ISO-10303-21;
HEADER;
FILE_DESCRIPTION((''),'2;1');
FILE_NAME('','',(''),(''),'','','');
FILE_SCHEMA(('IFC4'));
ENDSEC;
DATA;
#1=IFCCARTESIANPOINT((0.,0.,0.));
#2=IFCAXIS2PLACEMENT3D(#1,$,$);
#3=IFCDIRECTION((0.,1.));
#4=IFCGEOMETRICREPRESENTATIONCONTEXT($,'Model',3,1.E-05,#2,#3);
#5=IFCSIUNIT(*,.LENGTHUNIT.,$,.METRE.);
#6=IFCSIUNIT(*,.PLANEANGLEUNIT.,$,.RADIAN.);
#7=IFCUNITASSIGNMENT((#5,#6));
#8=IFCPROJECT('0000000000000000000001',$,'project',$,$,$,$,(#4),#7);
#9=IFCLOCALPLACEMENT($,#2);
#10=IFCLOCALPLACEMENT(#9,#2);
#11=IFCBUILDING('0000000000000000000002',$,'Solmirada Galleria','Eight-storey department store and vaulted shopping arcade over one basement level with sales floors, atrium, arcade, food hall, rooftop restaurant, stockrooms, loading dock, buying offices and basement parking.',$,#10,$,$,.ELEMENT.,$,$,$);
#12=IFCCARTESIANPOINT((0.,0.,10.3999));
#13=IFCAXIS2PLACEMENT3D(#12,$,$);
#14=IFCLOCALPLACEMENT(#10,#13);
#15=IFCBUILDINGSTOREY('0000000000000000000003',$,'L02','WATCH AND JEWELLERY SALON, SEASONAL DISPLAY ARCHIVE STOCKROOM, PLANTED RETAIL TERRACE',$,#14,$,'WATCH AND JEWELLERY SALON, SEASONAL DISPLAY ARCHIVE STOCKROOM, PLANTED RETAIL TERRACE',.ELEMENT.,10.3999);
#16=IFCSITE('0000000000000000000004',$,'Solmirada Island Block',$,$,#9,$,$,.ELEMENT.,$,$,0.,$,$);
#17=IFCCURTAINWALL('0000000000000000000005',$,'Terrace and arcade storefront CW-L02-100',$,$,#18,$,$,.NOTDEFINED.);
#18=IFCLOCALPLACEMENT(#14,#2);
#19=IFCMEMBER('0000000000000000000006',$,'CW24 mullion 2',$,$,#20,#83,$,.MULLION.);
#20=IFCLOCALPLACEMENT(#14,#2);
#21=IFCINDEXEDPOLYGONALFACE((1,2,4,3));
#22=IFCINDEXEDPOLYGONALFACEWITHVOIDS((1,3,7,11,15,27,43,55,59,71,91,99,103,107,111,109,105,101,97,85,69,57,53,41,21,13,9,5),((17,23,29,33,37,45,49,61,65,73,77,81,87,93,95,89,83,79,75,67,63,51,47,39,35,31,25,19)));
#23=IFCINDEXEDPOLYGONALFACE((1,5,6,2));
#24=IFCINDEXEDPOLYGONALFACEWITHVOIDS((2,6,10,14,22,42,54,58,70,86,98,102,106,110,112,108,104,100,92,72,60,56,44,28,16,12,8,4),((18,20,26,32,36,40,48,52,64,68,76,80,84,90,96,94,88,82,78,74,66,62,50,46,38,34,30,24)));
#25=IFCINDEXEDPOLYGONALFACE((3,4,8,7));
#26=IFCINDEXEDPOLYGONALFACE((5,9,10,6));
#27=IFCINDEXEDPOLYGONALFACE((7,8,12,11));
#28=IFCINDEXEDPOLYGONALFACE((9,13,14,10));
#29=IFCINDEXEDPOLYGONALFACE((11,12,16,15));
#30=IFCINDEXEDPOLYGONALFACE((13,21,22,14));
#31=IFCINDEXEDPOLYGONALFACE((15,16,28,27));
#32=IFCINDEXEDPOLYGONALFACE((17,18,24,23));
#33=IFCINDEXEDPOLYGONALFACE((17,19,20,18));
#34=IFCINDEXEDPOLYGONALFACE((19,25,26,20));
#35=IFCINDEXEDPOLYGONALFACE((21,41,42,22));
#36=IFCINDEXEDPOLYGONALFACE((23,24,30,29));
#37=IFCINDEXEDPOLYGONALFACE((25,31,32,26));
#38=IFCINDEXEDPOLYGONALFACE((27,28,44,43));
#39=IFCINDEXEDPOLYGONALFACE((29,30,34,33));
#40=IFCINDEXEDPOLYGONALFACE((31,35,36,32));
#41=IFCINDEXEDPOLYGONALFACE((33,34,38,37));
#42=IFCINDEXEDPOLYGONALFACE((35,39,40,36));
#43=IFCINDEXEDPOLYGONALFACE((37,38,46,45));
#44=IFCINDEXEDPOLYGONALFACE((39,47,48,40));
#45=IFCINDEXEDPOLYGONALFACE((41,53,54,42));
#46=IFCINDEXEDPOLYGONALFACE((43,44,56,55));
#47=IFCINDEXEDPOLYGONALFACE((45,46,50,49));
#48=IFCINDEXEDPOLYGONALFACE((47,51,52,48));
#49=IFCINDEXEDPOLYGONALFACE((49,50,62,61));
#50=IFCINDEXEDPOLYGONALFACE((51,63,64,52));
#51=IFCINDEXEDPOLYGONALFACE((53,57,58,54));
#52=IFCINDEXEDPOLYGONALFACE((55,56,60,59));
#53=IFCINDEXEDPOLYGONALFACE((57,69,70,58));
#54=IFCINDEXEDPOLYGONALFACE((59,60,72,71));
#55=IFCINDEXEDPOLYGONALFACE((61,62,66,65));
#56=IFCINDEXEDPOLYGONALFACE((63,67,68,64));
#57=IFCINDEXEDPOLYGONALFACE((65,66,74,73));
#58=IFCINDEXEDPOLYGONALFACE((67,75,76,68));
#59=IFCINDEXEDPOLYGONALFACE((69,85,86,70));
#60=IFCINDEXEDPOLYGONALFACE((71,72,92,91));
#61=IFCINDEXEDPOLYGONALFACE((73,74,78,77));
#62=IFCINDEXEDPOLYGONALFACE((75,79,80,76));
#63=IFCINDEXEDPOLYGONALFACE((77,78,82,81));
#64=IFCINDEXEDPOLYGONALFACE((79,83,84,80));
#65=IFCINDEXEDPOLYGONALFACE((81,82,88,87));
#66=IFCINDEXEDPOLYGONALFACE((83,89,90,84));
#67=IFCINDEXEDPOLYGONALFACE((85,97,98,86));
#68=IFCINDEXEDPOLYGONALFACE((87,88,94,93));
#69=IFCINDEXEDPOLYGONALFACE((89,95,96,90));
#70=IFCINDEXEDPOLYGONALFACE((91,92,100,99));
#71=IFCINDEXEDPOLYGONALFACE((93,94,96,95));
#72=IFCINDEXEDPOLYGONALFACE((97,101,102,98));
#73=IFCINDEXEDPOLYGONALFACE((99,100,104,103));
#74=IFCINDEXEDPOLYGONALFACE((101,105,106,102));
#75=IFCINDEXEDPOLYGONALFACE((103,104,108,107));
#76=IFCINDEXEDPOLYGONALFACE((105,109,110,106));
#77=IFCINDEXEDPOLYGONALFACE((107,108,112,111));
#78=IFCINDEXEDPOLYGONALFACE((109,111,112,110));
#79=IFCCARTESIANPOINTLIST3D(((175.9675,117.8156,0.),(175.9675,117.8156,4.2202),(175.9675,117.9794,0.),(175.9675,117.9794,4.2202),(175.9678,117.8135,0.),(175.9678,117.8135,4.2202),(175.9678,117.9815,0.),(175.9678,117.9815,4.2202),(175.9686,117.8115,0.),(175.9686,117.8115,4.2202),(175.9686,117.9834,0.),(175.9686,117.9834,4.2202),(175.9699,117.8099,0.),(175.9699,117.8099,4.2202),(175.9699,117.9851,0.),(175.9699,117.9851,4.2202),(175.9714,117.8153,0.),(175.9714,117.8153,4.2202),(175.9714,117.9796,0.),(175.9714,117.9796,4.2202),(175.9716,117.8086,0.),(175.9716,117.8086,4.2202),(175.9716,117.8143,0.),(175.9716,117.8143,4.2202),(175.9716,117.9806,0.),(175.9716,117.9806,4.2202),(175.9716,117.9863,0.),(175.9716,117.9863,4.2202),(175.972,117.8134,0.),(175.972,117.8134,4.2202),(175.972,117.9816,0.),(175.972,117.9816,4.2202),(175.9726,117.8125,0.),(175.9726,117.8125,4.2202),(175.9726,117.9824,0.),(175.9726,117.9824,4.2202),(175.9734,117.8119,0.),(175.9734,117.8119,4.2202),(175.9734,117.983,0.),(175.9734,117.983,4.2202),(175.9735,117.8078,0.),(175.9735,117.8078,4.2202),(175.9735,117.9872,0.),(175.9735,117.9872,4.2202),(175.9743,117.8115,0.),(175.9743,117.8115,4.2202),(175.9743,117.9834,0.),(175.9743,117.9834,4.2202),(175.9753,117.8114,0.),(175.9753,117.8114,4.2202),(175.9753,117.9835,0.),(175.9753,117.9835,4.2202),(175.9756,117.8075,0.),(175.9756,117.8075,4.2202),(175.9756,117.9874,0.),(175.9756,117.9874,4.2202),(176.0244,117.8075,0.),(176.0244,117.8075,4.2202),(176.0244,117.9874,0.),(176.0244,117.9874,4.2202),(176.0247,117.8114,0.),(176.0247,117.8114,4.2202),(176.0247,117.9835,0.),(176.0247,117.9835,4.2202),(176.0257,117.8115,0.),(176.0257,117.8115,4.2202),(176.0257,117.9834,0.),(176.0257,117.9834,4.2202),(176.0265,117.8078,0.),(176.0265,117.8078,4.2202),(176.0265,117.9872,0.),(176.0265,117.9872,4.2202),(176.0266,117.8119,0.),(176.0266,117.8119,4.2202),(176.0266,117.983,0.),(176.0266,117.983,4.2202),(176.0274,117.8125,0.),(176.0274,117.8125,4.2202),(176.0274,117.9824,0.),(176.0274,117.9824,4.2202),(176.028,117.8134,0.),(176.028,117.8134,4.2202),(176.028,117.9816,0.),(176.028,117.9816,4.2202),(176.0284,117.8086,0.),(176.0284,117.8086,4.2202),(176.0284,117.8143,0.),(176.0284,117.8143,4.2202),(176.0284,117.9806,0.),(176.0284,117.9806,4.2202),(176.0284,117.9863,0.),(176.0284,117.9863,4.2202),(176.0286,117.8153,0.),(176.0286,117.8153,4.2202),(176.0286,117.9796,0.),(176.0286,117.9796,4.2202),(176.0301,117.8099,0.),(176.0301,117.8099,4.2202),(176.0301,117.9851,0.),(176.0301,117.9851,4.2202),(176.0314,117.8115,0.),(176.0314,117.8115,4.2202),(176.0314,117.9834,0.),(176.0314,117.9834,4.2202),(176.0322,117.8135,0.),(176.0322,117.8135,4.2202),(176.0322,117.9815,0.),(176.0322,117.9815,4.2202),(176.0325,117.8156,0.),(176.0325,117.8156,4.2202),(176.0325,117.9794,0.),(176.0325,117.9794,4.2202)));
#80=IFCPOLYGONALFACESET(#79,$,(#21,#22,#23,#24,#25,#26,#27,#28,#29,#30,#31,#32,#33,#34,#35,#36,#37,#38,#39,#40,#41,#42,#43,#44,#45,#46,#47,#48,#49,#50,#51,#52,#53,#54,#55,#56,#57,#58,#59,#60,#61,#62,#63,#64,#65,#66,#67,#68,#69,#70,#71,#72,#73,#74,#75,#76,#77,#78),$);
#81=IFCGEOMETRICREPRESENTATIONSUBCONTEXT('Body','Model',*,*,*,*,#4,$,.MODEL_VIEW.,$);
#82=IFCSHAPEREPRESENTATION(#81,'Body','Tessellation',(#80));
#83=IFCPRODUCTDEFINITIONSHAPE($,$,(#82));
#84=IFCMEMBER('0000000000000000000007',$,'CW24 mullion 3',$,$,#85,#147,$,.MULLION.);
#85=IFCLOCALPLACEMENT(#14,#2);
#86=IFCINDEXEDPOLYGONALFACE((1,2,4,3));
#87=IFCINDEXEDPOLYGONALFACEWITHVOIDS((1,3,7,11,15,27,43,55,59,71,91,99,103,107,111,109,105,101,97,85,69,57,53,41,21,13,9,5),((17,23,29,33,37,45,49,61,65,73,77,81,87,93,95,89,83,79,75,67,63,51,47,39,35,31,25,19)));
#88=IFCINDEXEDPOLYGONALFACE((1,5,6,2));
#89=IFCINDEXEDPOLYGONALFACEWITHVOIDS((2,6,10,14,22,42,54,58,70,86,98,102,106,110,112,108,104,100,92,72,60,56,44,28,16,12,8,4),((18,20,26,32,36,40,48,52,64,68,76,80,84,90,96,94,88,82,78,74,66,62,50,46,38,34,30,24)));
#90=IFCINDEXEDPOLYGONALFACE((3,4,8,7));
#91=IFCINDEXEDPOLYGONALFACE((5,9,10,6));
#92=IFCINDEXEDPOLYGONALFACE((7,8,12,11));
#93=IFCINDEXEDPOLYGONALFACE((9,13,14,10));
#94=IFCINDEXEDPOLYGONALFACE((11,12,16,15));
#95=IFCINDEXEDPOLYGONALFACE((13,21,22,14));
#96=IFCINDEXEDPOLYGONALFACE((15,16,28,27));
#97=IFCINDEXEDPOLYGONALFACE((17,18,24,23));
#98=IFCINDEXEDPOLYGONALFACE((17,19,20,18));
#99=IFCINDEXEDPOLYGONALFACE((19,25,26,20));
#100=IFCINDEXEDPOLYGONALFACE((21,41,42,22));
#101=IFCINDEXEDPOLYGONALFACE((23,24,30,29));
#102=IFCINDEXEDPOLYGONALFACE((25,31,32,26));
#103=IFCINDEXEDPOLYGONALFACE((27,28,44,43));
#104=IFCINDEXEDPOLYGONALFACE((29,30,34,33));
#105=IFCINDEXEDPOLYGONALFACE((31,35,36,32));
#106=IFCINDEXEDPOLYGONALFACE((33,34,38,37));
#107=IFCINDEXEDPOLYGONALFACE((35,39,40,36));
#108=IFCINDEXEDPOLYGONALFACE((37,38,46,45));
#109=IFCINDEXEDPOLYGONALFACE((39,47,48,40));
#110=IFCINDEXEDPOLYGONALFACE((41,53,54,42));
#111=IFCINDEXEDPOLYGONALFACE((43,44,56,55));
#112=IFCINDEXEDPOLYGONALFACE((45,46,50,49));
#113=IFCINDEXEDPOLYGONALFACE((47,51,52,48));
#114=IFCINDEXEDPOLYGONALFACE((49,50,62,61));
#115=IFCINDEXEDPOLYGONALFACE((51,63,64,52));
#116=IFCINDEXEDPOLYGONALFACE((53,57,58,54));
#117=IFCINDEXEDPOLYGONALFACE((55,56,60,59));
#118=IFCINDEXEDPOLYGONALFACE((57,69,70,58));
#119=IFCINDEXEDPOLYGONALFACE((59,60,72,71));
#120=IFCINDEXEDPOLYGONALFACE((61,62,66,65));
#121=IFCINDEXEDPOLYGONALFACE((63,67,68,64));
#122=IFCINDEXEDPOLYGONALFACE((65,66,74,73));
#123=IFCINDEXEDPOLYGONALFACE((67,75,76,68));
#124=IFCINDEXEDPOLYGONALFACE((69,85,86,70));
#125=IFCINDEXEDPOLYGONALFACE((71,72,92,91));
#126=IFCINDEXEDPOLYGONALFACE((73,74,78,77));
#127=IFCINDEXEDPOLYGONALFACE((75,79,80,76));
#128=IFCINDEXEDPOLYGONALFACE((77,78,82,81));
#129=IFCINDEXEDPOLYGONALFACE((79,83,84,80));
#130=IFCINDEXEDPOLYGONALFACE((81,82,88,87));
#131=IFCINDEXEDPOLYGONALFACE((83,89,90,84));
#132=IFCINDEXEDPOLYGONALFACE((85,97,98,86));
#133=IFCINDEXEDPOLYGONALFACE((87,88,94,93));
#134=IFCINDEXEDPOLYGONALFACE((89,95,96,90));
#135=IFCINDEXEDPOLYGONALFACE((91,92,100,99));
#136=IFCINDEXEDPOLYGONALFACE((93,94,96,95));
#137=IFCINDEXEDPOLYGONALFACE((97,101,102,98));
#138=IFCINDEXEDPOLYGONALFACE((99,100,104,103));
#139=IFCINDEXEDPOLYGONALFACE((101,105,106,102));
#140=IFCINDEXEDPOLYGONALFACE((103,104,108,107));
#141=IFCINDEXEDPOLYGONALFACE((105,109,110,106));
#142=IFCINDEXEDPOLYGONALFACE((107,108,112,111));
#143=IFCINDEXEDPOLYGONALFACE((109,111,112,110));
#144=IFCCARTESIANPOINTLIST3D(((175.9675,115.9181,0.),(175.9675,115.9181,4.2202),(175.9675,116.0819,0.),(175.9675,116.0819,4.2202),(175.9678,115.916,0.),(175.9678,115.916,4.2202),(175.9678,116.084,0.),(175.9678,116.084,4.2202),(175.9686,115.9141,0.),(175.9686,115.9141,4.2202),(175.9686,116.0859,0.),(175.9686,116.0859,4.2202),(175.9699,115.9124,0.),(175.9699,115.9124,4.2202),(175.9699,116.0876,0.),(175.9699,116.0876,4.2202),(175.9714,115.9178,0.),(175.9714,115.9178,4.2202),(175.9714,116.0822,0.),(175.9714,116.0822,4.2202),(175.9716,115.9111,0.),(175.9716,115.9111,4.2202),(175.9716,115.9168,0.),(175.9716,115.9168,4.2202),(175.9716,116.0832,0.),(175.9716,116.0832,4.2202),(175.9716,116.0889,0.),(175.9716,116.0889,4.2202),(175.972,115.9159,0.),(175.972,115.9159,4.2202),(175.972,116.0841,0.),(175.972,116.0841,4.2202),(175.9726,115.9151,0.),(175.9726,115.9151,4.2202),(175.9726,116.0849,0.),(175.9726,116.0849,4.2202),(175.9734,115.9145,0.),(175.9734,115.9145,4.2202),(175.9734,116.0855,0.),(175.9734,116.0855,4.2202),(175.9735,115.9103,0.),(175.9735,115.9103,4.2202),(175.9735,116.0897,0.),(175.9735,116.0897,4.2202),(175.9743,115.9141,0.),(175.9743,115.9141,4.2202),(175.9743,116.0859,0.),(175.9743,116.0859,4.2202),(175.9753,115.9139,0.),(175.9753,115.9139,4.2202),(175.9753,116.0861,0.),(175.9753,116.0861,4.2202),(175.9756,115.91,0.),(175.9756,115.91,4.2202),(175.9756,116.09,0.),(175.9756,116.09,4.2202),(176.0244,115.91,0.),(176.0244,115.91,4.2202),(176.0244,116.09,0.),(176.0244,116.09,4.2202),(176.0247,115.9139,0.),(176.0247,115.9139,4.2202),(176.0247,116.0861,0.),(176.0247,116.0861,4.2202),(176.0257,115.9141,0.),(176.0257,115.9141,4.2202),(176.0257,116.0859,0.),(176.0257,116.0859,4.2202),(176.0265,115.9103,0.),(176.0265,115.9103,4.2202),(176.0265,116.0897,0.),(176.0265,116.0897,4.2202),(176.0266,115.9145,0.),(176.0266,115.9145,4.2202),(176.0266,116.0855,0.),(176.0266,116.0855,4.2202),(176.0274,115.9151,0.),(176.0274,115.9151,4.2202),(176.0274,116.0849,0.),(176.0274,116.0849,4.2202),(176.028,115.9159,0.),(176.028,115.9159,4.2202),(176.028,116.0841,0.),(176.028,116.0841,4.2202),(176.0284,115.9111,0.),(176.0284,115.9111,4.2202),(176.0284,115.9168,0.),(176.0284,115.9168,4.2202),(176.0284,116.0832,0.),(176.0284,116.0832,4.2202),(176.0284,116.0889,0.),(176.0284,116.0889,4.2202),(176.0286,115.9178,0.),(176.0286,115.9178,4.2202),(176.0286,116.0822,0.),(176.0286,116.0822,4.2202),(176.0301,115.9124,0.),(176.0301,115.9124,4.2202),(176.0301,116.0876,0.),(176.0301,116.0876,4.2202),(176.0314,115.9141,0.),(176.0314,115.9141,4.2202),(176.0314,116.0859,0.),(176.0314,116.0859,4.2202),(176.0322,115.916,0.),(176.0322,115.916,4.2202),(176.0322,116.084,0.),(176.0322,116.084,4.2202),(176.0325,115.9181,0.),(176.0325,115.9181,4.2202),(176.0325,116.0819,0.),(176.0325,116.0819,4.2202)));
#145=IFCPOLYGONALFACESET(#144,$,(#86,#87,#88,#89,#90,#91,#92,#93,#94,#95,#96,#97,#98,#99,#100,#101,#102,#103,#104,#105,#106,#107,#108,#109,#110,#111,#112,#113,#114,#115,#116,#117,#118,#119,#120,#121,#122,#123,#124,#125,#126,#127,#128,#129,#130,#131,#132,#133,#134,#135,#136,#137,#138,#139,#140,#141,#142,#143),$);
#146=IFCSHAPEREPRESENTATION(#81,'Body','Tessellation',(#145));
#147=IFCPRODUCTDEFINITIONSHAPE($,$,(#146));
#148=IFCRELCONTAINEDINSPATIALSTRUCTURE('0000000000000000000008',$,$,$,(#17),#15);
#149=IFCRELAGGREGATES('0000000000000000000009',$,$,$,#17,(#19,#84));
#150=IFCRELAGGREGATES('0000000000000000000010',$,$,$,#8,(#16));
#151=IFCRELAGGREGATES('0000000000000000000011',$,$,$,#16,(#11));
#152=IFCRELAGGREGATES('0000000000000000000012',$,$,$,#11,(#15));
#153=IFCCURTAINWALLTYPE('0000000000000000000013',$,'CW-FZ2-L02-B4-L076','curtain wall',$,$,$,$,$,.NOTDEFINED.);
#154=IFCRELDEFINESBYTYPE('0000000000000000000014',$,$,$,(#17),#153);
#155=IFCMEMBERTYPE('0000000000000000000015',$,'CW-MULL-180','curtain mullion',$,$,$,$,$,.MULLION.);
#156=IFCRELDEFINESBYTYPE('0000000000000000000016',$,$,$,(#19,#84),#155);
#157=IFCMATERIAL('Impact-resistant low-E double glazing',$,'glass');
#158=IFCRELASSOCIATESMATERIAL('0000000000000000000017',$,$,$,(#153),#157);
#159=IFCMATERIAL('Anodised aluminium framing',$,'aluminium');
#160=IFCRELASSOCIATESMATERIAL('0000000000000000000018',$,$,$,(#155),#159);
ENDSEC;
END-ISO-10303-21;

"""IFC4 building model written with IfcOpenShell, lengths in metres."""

from ifc_helpers import new_model, si_unit, direction, frame, origin, origin_2d, place, context, subcontext, project, spatial, hollow_rectangle, extrude, material, material_profile, profile_set, type_object, element, aggregate, save


model = new_model("IFC4")

# Units and contexts
model_context = context("Model", 3, precision=1e-05, world=origin(), true_north=direction((0.0, 1.0)))
body_context = subcontext(model_context, "Body", "Model", "MODEL_VIEW")
ifc_project = project(units=[si_unit("LENGTHUNIT", "METRE"), si_unit("PLANEANGLEUNIT", "RADIAN")], contexts=[model_context])

# Site, building, storey
site_placement = place(None, origin())
site = spatial("IfcSite", under=ifc_project, at=site_placement, Name="Solmirada Island Block", CompositionType="ELEMENT", RefElevation=0.0)
building_placement = place(site_placement, origin())
building = spatial("IfcBuilding", under=site, at=building_placement, Name="Solmirada Galleria", Description="Eight-storey department store and vaulted shopping arcade over one basement level with sales floors, atrium, arcade, food hall, rooftop restaurant, stockrooms, loading dock, buying offices and basement parking.", CompositionType="ELEMENT")
storey_placement = place(building_placement, frame((0.0, 0.0, 10.3999)))
storey = spatial("IfcBuildingStorey", under=building, at=storey_placement, Name="L02", Description="WATCH AND JEWELLERY SALON, SEASONAL DISPLAY ARCHIVE STOCKROOM, PLANTED RETAIL TERRACE", LongName="WATCH AND JEWELLERY SALON, SEASONAL DISPLAY ARCHIVE STOCKROOM, PLANTED RETAIL TERRACE", CompositionType="ELEMENT", Elevation=10.3999)

# Curtain wall, members
ifc_material_1 = material(Name="Impact-resistant low-E double glazing", Category="glass")
curtain_wall_type = type_object("IfcCurtainWallType", Name="CW-FZ2-L02-B4-L076", Description="curtain wall", PredefinedType="NOTDEFINED", material=ifc_material_1)
curtain_wall_placement = place(storey_placement, origin())
curtain_wall = element("IfcCurtainWall", 1, at=curtain_wall_placement, inside=storey, type_object=curtain_wall_type, Name="Terrace and arcade storefront CW-L02-100", PredefinedType="NOTDEFINED")
ifc_material_2 = material(Name="Anodised aluminium framing", Category="aluminium")
ifc_material_profile_1 = material_profile(ifc_material_2, hollow_rectangle(XDim=0.0649, YDim=0.1799, WallThickness=0.0039, InnerFilletRadius=0.0039, OuterFilletRadius=0.0081, at=origin_2d()), Name="ALU-MULL-180X65")
ifc_profile_set_1 = profile_set([ifc_material_profile_1], Name="Anodised aluminium framing")
member_type_1 = type_object("IfcMemberType", Name="CW-MULL-180", Description="curtain mullion", PredefinedType="MULLION", material=ifc_profile_set_1)
member_1_placement = place(storey_placement, frame((176.0, 117.8975, 0.0), z_axis=(0.0, 0.0, 1.0), x_axis=(1.0, 0.0, 0.0)))
member_1 = element("IfcMember", 2, at=member_1_placement, type_object=member_type_1, Name="CW24 mullion 2", PredefinedType="MULLION", context=body_context, shape_type="SweptSolid", body=[
    extrude(hollow_rectangle(XDim=0.0649, YDim=0.1799, WallThickness=0.0039, InnerFilletRadius=0.0039, OuterFilletRadius=0.0081, at=origin_2d()), origin(), (0.0, 0.0, 1.0), 4.2202),
])
member_2_placement = place(storey_placement, frame((176.0, 116.0, 0.0), z_axis=(0.0, 0.0, 1.0), x_axis=(1.0, 0.0, 0.0)))
member_2 = element("IfcMember", 3, at=member_2_placement, type_object=member_type_1, Name="CW24 mullion 3", PredefinedType="MULLION", context=body_context, shape_type="SweptSolid", body=[
    extrude(hollow_rectangle(XDim=0.0649, YDim=0.1799, WallThickness=0.0039, InnerFilletRadius=0.0039, OuterFilletRadius=0.0081, at=origin_2d()), origin(), (0.0, 0.0, 1.0), 4.2202),
])
aggregate(curtain_wall, [member_1, member_2])

save(model, "model.ifc")
